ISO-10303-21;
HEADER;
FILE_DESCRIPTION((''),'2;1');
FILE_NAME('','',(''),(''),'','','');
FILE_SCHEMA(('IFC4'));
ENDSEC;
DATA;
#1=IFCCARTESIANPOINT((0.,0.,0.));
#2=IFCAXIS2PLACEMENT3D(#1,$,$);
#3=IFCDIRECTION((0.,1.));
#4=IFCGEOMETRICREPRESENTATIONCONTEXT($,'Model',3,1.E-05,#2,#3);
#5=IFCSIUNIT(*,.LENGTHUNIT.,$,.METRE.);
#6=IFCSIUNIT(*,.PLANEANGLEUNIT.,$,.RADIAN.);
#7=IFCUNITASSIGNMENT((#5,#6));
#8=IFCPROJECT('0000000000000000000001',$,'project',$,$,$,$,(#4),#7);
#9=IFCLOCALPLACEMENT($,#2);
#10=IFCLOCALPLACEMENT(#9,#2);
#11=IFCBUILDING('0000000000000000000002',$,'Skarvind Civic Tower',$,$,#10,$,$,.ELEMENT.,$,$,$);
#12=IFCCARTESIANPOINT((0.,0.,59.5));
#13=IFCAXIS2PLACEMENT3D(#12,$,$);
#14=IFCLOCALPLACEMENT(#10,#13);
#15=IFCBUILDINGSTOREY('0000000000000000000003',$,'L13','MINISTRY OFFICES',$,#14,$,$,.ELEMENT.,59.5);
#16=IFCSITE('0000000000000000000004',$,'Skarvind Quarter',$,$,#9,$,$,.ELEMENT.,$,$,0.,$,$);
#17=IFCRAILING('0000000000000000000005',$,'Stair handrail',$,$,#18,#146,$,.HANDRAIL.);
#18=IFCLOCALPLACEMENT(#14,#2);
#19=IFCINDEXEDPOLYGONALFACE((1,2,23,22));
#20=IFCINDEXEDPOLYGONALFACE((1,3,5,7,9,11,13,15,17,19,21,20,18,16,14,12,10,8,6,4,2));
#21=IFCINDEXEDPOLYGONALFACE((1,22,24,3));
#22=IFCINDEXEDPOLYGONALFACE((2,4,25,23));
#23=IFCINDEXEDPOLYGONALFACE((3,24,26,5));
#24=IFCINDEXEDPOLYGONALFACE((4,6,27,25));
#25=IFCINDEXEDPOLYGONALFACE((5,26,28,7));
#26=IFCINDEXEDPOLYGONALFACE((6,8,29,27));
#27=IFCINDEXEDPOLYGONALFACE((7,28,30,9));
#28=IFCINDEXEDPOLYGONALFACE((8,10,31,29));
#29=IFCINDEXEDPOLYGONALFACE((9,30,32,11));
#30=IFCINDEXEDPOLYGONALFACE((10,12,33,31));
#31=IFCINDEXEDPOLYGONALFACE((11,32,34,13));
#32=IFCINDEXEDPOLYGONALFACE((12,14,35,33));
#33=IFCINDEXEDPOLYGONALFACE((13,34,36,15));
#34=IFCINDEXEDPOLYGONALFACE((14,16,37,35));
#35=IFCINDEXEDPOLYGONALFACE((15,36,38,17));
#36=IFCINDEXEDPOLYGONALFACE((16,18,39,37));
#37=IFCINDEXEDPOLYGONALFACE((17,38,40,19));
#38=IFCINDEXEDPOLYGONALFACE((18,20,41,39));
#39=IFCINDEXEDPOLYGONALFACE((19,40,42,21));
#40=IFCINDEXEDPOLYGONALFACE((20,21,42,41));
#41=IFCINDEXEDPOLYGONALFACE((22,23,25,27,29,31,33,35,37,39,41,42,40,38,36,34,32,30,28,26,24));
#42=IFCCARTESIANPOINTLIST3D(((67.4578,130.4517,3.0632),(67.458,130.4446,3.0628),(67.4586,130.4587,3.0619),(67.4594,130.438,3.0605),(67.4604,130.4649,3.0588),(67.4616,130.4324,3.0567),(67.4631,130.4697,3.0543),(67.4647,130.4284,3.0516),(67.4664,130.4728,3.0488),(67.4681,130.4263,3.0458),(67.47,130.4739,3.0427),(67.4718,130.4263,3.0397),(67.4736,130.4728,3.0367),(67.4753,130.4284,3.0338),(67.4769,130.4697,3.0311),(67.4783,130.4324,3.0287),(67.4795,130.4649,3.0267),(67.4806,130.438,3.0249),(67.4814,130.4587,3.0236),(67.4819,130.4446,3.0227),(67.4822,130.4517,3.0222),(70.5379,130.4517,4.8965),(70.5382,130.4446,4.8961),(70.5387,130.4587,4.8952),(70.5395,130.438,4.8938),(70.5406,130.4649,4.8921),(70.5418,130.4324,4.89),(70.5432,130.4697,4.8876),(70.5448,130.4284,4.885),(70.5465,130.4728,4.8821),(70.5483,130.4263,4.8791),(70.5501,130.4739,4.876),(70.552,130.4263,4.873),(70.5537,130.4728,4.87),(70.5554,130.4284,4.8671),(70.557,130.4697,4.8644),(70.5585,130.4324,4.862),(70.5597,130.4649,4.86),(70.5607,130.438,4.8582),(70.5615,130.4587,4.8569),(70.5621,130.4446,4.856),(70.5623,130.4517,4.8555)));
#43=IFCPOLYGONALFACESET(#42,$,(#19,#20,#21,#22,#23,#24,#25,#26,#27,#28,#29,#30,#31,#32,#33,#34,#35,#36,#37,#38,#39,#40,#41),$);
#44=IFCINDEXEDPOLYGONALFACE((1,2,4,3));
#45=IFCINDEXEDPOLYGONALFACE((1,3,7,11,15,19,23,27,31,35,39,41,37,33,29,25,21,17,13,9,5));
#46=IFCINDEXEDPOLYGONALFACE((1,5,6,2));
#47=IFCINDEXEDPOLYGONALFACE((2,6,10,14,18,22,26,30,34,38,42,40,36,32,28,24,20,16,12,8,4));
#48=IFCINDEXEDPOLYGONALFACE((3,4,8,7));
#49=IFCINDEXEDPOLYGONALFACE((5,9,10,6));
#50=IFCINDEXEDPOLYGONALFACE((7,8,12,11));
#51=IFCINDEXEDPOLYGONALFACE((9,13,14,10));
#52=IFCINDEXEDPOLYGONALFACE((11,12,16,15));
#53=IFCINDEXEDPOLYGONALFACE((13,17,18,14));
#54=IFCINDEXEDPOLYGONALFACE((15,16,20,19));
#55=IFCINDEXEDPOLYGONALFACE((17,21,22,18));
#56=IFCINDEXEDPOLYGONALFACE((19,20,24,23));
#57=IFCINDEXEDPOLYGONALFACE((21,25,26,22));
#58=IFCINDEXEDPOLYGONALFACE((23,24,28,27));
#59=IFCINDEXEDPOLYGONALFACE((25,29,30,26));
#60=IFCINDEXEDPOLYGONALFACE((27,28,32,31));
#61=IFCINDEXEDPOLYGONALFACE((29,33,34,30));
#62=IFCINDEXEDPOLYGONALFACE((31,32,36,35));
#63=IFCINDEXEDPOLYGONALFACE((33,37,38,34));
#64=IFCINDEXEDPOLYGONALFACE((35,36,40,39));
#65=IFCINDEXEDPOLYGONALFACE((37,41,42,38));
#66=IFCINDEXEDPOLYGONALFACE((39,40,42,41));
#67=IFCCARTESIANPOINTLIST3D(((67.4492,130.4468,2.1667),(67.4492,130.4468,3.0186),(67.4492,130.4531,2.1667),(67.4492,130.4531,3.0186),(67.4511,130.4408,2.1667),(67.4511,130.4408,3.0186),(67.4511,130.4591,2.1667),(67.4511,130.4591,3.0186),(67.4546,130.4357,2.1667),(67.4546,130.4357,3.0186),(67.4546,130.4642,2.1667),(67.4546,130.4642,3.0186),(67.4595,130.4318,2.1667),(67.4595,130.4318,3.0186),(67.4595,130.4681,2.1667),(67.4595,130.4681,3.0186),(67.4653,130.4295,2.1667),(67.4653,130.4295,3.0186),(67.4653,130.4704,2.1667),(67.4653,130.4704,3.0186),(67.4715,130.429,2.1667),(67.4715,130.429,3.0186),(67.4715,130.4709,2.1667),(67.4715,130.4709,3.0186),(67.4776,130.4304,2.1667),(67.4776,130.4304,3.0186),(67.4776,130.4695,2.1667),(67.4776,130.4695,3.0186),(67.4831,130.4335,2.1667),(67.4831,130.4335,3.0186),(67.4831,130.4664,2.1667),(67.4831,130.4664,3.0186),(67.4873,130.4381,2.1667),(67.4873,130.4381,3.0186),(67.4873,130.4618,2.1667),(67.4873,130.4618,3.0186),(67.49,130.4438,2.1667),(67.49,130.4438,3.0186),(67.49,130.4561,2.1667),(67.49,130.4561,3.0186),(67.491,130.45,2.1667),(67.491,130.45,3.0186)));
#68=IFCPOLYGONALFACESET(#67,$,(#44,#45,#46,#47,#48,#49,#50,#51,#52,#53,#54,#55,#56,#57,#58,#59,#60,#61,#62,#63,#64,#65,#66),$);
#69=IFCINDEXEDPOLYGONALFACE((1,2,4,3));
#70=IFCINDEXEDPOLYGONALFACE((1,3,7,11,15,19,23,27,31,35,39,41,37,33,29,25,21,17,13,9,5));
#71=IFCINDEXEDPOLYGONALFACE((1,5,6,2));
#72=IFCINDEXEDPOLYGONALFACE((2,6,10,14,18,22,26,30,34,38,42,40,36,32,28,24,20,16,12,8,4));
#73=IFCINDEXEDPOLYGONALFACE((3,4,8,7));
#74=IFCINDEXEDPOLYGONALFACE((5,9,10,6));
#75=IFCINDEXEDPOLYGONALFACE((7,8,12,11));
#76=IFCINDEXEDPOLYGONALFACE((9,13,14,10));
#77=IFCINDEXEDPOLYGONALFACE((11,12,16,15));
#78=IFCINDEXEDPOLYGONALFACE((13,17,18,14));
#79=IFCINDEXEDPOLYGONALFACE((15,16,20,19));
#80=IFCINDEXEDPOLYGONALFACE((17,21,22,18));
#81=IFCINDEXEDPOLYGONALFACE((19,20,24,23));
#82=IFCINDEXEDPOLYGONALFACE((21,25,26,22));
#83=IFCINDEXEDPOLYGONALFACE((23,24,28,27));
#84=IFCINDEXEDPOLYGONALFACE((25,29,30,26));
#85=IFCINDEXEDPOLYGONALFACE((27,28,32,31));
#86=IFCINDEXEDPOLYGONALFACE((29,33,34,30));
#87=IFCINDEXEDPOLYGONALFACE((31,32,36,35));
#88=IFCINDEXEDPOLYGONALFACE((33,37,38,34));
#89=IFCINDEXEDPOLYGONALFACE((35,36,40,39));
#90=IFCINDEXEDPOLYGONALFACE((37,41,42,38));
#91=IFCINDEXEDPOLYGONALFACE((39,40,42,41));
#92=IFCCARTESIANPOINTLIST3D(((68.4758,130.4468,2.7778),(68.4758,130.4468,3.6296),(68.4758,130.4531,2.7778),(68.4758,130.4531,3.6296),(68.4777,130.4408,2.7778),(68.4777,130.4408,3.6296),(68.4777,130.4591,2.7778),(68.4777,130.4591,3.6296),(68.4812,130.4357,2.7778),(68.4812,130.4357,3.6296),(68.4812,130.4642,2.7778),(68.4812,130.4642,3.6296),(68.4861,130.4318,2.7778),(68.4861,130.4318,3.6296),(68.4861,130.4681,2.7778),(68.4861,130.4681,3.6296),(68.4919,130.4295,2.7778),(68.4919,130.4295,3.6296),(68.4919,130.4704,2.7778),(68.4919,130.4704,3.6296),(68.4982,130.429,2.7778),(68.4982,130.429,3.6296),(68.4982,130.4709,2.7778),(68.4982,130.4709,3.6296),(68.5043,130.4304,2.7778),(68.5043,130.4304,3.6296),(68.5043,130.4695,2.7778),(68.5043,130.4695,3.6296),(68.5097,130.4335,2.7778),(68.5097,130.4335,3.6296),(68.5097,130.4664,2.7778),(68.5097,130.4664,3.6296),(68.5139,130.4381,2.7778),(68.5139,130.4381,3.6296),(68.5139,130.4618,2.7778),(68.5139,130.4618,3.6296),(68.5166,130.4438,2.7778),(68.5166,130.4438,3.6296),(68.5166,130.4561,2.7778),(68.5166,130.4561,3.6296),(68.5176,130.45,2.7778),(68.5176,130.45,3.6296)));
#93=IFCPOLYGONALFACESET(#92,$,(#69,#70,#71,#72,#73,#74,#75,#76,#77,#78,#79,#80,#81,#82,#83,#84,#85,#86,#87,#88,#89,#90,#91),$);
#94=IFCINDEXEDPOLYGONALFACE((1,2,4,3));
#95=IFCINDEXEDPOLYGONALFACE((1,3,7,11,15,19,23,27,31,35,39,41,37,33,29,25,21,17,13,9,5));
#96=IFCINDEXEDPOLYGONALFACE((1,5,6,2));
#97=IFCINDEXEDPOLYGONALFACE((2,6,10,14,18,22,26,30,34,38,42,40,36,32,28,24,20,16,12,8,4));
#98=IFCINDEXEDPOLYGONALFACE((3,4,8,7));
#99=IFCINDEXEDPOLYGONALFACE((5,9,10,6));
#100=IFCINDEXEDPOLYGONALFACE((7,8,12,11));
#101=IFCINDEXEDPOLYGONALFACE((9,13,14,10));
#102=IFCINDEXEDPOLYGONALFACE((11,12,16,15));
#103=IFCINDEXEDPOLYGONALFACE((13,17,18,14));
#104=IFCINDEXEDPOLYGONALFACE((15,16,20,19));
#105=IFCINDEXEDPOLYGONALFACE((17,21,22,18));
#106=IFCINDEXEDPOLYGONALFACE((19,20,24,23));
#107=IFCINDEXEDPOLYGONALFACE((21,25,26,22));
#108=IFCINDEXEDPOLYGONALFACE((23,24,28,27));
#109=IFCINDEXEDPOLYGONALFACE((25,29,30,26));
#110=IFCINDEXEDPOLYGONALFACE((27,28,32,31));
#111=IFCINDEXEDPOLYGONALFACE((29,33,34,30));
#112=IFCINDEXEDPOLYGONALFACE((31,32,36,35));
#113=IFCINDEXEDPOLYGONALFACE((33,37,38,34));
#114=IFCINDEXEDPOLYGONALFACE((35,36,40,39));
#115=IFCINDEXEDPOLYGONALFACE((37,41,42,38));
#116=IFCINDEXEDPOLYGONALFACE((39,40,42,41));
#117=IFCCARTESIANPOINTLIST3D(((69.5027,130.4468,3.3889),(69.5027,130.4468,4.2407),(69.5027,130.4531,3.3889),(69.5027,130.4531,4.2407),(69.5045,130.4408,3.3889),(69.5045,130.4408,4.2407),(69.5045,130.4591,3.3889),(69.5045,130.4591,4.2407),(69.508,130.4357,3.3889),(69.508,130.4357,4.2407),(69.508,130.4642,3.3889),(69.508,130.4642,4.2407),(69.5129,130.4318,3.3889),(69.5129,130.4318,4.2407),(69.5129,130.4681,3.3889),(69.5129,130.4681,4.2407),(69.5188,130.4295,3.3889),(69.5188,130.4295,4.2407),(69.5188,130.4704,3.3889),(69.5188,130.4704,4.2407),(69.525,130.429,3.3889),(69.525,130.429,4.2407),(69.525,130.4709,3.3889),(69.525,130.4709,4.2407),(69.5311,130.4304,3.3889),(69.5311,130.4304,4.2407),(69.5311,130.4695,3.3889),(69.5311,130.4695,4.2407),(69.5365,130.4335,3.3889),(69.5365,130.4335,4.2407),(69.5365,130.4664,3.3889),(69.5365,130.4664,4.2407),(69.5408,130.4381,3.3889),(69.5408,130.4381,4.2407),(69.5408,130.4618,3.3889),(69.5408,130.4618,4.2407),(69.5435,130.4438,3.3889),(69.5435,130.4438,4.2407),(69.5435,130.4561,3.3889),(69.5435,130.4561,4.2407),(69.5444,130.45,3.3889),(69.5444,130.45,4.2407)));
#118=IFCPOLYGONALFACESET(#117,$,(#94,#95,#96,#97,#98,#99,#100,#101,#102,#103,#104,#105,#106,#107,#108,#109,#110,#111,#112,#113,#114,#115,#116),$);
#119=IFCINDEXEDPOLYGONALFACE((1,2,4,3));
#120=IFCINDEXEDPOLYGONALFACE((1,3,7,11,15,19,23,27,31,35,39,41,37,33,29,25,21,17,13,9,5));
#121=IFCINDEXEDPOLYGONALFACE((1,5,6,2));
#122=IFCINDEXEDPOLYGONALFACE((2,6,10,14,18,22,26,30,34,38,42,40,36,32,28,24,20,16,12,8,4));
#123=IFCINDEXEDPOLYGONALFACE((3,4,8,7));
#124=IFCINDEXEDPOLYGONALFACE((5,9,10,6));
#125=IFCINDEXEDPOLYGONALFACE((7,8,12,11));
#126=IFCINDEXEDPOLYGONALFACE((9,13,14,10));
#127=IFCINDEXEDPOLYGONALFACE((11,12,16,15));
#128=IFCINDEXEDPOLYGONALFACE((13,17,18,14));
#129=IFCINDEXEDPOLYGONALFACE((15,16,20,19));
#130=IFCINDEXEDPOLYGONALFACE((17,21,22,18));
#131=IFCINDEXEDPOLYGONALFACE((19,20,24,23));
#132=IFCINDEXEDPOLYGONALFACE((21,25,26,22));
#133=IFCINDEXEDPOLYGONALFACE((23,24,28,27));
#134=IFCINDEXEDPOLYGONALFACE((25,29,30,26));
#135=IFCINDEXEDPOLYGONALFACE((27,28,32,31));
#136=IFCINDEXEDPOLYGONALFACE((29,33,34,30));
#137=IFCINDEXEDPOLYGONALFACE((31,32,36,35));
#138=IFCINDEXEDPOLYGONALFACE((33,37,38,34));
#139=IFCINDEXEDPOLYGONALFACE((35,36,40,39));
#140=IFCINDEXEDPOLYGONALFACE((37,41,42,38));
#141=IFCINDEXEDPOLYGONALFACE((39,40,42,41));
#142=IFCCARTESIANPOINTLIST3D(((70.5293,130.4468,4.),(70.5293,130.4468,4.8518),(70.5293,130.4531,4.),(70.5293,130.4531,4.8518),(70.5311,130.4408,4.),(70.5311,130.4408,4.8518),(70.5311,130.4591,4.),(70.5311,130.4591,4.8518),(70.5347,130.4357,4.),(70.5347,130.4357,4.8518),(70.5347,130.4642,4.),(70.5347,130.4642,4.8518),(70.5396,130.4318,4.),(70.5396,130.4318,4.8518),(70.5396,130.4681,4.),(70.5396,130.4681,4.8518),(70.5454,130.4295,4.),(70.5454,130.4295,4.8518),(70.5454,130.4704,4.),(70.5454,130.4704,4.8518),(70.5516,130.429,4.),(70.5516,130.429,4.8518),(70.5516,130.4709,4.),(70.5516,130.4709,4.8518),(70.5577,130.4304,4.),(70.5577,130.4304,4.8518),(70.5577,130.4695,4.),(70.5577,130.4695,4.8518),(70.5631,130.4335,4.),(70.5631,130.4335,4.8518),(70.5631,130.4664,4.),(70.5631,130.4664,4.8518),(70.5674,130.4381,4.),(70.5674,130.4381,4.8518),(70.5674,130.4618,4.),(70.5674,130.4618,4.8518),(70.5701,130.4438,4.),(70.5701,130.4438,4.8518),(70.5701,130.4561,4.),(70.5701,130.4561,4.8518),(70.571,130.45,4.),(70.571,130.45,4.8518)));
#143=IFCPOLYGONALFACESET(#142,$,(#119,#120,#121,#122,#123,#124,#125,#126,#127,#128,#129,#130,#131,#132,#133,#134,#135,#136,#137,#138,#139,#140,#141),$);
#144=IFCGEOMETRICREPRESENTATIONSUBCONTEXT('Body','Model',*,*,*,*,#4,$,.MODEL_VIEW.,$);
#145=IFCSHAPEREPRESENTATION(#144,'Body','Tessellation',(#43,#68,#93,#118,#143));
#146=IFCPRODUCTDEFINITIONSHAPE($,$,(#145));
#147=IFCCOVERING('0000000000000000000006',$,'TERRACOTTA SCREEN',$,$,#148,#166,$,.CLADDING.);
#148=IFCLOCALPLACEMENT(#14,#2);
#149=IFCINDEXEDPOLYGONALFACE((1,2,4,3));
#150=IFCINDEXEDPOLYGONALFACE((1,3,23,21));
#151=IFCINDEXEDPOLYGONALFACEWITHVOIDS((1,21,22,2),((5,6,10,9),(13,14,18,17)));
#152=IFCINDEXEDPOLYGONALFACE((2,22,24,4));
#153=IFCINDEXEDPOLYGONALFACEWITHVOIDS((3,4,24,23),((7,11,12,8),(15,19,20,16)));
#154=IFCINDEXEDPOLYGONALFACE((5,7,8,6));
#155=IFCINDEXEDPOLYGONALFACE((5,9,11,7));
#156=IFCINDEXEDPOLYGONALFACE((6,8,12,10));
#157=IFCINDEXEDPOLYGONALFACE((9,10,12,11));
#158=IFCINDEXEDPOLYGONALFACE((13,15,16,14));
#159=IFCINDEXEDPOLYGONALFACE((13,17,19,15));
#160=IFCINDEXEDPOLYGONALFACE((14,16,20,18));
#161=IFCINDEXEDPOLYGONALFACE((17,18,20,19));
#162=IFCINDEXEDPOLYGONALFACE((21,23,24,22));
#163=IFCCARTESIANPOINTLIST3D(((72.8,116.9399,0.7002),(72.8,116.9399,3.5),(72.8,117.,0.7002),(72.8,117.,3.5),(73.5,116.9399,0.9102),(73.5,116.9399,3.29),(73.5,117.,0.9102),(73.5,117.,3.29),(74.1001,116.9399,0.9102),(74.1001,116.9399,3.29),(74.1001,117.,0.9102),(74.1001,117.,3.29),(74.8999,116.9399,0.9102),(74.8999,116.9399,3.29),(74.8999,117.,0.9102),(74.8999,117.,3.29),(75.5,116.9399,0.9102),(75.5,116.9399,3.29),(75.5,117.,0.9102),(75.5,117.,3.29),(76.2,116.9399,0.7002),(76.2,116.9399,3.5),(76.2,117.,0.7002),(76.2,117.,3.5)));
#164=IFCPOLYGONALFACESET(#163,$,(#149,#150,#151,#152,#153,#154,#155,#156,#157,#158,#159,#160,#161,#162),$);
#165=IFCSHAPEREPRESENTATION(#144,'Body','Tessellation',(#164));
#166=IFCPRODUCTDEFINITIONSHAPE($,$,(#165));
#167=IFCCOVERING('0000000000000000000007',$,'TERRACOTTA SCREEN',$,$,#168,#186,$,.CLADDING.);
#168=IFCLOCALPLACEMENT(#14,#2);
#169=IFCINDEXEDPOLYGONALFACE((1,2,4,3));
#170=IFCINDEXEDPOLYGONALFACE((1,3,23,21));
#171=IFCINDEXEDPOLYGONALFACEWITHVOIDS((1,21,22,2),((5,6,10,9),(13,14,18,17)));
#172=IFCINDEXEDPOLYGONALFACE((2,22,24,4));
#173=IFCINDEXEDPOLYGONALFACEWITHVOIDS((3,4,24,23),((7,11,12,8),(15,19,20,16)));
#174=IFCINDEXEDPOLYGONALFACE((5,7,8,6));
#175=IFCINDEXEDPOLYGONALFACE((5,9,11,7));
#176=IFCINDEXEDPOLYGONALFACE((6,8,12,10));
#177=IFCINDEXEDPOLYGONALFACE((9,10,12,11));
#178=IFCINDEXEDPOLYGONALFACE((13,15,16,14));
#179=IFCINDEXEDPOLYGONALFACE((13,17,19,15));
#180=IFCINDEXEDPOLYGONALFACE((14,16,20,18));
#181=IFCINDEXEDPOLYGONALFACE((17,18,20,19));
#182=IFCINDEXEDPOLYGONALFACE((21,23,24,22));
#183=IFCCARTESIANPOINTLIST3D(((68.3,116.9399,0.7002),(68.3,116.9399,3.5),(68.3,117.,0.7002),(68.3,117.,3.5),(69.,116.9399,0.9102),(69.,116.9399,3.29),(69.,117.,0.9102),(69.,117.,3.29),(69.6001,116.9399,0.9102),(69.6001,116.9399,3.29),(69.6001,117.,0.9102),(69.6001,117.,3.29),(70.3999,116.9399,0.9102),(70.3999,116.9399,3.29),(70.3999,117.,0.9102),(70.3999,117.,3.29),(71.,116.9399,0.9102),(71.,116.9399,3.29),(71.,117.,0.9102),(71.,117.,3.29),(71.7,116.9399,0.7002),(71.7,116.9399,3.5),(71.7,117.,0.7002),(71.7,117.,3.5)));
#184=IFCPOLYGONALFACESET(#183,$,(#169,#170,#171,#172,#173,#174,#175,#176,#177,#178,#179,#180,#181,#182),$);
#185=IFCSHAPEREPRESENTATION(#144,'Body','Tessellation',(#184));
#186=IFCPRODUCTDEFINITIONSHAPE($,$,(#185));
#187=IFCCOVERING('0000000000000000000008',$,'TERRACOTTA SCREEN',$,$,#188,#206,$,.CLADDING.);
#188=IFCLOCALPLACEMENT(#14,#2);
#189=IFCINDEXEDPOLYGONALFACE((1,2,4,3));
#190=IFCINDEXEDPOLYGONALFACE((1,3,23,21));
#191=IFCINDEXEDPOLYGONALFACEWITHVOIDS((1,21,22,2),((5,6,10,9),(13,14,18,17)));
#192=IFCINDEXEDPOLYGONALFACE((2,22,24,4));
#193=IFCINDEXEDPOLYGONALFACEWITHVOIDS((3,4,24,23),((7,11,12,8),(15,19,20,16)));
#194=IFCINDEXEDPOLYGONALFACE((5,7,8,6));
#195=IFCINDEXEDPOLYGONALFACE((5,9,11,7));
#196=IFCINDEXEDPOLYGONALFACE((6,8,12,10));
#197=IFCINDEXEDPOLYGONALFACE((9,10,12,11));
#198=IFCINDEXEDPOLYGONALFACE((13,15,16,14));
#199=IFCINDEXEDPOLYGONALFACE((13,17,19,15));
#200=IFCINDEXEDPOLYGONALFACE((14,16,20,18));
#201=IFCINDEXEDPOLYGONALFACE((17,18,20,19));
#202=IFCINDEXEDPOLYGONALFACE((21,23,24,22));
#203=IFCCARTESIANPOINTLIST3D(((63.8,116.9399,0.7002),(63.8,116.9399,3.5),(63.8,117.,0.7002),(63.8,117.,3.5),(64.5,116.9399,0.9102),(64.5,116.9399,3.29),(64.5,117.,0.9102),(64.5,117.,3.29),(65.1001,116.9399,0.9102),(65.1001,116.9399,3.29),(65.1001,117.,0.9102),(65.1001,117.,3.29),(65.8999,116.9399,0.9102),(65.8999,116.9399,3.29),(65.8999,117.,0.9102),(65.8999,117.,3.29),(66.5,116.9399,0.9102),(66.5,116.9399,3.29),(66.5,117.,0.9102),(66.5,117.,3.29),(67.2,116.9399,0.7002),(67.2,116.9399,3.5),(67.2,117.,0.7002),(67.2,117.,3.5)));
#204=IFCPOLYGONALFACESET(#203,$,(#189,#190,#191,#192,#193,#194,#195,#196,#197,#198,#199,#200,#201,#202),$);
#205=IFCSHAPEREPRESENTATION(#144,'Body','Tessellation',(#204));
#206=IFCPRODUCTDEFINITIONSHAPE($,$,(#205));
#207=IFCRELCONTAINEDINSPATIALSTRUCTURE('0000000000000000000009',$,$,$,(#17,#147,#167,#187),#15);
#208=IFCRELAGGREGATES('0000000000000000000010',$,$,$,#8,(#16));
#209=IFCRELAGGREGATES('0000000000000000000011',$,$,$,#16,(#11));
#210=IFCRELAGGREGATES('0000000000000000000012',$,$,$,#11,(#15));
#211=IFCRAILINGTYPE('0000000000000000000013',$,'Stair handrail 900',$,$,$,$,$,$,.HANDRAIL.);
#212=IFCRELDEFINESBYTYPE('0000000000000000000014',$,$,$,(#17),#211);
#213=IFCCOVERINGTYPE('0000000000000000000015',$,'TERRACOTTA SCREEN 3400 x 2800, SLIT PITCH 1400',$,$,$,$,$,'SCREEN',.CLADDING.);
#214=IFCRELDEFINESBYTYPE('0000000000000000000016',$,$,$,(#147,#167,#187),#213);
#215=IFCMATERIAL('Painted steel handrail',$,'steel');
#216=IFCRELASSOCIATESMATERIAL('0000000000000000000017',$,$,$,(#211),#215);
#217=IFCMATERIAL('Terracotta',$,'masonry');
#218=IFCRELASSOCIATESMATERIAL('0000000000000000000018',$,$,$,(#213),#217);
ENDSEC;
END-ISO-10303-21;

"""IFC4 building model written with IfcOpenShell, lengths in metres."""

from ifc_helpers import new_model, si_unit, direction, frame, origin, origin_2d, place, context, subcontext, project, spatial, polyline, circle, outline, extrude, material, material_profile, profile_set, type_object, element, save


model = new_model("IFC4")

# Units and contexts
model_context = context("Model", 3, precision=1e-05, world=origin(), true_north=direction((0.0, 1.0)))
body_context = subcontext(model_context, "Body", "Model", "MODEL_VIEW")
ifc_project = project(units=[si_unit("LENGTHUNIT", "METRE"), si_unit("PLANEANGLEUNIT", "RADIAN")], contexts=[model_context])

# Site, building, storey
site_placement = place(None, origin())
site = spatial("IfcSite", under=ifc_project, at=site_placement, Name="Skarvind Quarter", CompositionType="ELEMENT", RefElevation=0.0)
building_placement = place(site_placement, origin())
building = spatial("IfcBuilding", under=site, at=building_placement, Name="Skarvind Civic Tower", CompositionType="ELEMENT")
storey_placement = place(building_placement, frame((0.0, 0.0, 59.5)))
storey = spatial("IfcBuildingStorey", under=building, at=storey_placement, Name="L13", Description="MINISTRY OFFICES", CompositionType="ELEMENT", Elevation=59.5)

# Railing
ifc_material_1 = material(Name="Painted steel handrail", Category="steel")
railing_type = type_object("IfcRailingType", Name="Stair handrail 900", PredefinedType="HANDRAIL", material=ifc_material_1)
railing_1_placement = place(storey_placement, frame((67.47, 130.45, 2.1667)))
element("IfcRailing", 1, at=railing_1_placement, inside=storey, type_object=railing_type, Name="Stair handrail", PredefinedType="HANDRAIL", context=body_context, shape_type="SweptSolid", body=[
    extrude(circle(Radius=0.0239, at=origin_2d()), frame((0.0, 0.0, 0.876), z_axis=(0.859309, 0.0, 0.511458), x_axis=(0.0, 1.0, 0.0)), (0.0, 0.0, 1.0), 3.5845),
    extrude(circle(Radius=0.021, at=origin_2d()), origin(), (0.0, 0.0, 1.0), 0.8518),
    extrude(circle(Radius=0.021, at=origin_2d()), frame((1.0266, 0.0, 0.6111)), (0.0, 0.0, 1.0), 0.8518),
    extrude(circle(Radius=0.021, at=origin_2d()), frame((2.0535, 0.0, 1.2222)), (0.0, 0.0, 1.0), 0.8518),
    extrude(circle(Radius=0.021, at=origin_2d()), frame((3.0801, 0.0, 1.8333)), (0.0, 0.0, 1.0), 0.8518),
])

# Coverings
ifc_material_2 = material(Name="Terracotta", Category="masonry")
ifc_material_profile_1 = material_profile(ifc_material_2, outline(polyline([(-1.7, -1.3999), (1.7, -1.3999), (1.7, 1.3999), (-1.7, 1.3999), (-1.7, -1.3999)]), holes=[polyline([(-1.0, -1.1899), (-0.3999, -1.1899), (-0.3999, 1.1899), (-1.0, 1.1899), (-1.0, -1.1899)]), polyline([(0.3999, -1.1899), (1.0, -1.1899), (1.0, 1.1899), (0.3999, 1.1899), (0.3999, -1.1899)])]), Name="TERRACOTTA SCREEN 3400 x 2800, SLIT PITCH 1400")
ifc_profile_set_1 = profile_set([ifc_material_profile_1], Name="Terracotta")
covering_type_1 = type_object("IfcCoveringType", Name="TERRACOTTA SCREEN 3400 x 2800, SLIT PITCH 1400", ElementType="SCREEN", PredefinedType="CLADDING", material=ifc_profile_set_1)
for number, where, z_axis, x_axis, name in (
    (2, (74.5, 117.0, 2.1001), (0.0, -1.0, 0.0), (1.0, 0.0, 0.0), "TERRACOTTA SCREEN"),
    (3, (70.0, 117.0, 2.1001), (0.0, -1.0, 0.0), (1.0, 0.0, 0.0), "TERRACOTTA SCREEN"),
    (4, (65.5, 117.0, 2.1001), (0.0, -1.0, 0.0), (1.0, 0.0, 0.0), "TERRACOTTA SCREEN"),
):
    element("IfcCovering", number, at=place(storey_placement, frame(where, z_axis=z_axis, x_axis=x_axis)), inside=storey, type_object=covering_type_1, Name=name, PredefinedType="CLADDING", context=body_context, shape_type="SweptSolid", body=[
        extrude(outline(polyline([(-1.7, -1.3999), (1.7, -1.3999), (1.7, 1.3999), (-1.7, 1.3999), (-1.7, -1.3999)]), holes=[polyline([(-1.0, -1.1899), (-0.3999, -1.1899), (-0.3999, 1.1899), (-1.0, 1.1899), (-1.0, -1.1899)]), polyline([(0.3999, -1.1899), (1.0, -1.1899), (1.0, 1.1899), (0.3999, 1.1899), (0.3999, -1.1899)])]), origin(), (0.0, 0.0, 1.0), 0.0601),
    ])

save(model, "model.ifc")
